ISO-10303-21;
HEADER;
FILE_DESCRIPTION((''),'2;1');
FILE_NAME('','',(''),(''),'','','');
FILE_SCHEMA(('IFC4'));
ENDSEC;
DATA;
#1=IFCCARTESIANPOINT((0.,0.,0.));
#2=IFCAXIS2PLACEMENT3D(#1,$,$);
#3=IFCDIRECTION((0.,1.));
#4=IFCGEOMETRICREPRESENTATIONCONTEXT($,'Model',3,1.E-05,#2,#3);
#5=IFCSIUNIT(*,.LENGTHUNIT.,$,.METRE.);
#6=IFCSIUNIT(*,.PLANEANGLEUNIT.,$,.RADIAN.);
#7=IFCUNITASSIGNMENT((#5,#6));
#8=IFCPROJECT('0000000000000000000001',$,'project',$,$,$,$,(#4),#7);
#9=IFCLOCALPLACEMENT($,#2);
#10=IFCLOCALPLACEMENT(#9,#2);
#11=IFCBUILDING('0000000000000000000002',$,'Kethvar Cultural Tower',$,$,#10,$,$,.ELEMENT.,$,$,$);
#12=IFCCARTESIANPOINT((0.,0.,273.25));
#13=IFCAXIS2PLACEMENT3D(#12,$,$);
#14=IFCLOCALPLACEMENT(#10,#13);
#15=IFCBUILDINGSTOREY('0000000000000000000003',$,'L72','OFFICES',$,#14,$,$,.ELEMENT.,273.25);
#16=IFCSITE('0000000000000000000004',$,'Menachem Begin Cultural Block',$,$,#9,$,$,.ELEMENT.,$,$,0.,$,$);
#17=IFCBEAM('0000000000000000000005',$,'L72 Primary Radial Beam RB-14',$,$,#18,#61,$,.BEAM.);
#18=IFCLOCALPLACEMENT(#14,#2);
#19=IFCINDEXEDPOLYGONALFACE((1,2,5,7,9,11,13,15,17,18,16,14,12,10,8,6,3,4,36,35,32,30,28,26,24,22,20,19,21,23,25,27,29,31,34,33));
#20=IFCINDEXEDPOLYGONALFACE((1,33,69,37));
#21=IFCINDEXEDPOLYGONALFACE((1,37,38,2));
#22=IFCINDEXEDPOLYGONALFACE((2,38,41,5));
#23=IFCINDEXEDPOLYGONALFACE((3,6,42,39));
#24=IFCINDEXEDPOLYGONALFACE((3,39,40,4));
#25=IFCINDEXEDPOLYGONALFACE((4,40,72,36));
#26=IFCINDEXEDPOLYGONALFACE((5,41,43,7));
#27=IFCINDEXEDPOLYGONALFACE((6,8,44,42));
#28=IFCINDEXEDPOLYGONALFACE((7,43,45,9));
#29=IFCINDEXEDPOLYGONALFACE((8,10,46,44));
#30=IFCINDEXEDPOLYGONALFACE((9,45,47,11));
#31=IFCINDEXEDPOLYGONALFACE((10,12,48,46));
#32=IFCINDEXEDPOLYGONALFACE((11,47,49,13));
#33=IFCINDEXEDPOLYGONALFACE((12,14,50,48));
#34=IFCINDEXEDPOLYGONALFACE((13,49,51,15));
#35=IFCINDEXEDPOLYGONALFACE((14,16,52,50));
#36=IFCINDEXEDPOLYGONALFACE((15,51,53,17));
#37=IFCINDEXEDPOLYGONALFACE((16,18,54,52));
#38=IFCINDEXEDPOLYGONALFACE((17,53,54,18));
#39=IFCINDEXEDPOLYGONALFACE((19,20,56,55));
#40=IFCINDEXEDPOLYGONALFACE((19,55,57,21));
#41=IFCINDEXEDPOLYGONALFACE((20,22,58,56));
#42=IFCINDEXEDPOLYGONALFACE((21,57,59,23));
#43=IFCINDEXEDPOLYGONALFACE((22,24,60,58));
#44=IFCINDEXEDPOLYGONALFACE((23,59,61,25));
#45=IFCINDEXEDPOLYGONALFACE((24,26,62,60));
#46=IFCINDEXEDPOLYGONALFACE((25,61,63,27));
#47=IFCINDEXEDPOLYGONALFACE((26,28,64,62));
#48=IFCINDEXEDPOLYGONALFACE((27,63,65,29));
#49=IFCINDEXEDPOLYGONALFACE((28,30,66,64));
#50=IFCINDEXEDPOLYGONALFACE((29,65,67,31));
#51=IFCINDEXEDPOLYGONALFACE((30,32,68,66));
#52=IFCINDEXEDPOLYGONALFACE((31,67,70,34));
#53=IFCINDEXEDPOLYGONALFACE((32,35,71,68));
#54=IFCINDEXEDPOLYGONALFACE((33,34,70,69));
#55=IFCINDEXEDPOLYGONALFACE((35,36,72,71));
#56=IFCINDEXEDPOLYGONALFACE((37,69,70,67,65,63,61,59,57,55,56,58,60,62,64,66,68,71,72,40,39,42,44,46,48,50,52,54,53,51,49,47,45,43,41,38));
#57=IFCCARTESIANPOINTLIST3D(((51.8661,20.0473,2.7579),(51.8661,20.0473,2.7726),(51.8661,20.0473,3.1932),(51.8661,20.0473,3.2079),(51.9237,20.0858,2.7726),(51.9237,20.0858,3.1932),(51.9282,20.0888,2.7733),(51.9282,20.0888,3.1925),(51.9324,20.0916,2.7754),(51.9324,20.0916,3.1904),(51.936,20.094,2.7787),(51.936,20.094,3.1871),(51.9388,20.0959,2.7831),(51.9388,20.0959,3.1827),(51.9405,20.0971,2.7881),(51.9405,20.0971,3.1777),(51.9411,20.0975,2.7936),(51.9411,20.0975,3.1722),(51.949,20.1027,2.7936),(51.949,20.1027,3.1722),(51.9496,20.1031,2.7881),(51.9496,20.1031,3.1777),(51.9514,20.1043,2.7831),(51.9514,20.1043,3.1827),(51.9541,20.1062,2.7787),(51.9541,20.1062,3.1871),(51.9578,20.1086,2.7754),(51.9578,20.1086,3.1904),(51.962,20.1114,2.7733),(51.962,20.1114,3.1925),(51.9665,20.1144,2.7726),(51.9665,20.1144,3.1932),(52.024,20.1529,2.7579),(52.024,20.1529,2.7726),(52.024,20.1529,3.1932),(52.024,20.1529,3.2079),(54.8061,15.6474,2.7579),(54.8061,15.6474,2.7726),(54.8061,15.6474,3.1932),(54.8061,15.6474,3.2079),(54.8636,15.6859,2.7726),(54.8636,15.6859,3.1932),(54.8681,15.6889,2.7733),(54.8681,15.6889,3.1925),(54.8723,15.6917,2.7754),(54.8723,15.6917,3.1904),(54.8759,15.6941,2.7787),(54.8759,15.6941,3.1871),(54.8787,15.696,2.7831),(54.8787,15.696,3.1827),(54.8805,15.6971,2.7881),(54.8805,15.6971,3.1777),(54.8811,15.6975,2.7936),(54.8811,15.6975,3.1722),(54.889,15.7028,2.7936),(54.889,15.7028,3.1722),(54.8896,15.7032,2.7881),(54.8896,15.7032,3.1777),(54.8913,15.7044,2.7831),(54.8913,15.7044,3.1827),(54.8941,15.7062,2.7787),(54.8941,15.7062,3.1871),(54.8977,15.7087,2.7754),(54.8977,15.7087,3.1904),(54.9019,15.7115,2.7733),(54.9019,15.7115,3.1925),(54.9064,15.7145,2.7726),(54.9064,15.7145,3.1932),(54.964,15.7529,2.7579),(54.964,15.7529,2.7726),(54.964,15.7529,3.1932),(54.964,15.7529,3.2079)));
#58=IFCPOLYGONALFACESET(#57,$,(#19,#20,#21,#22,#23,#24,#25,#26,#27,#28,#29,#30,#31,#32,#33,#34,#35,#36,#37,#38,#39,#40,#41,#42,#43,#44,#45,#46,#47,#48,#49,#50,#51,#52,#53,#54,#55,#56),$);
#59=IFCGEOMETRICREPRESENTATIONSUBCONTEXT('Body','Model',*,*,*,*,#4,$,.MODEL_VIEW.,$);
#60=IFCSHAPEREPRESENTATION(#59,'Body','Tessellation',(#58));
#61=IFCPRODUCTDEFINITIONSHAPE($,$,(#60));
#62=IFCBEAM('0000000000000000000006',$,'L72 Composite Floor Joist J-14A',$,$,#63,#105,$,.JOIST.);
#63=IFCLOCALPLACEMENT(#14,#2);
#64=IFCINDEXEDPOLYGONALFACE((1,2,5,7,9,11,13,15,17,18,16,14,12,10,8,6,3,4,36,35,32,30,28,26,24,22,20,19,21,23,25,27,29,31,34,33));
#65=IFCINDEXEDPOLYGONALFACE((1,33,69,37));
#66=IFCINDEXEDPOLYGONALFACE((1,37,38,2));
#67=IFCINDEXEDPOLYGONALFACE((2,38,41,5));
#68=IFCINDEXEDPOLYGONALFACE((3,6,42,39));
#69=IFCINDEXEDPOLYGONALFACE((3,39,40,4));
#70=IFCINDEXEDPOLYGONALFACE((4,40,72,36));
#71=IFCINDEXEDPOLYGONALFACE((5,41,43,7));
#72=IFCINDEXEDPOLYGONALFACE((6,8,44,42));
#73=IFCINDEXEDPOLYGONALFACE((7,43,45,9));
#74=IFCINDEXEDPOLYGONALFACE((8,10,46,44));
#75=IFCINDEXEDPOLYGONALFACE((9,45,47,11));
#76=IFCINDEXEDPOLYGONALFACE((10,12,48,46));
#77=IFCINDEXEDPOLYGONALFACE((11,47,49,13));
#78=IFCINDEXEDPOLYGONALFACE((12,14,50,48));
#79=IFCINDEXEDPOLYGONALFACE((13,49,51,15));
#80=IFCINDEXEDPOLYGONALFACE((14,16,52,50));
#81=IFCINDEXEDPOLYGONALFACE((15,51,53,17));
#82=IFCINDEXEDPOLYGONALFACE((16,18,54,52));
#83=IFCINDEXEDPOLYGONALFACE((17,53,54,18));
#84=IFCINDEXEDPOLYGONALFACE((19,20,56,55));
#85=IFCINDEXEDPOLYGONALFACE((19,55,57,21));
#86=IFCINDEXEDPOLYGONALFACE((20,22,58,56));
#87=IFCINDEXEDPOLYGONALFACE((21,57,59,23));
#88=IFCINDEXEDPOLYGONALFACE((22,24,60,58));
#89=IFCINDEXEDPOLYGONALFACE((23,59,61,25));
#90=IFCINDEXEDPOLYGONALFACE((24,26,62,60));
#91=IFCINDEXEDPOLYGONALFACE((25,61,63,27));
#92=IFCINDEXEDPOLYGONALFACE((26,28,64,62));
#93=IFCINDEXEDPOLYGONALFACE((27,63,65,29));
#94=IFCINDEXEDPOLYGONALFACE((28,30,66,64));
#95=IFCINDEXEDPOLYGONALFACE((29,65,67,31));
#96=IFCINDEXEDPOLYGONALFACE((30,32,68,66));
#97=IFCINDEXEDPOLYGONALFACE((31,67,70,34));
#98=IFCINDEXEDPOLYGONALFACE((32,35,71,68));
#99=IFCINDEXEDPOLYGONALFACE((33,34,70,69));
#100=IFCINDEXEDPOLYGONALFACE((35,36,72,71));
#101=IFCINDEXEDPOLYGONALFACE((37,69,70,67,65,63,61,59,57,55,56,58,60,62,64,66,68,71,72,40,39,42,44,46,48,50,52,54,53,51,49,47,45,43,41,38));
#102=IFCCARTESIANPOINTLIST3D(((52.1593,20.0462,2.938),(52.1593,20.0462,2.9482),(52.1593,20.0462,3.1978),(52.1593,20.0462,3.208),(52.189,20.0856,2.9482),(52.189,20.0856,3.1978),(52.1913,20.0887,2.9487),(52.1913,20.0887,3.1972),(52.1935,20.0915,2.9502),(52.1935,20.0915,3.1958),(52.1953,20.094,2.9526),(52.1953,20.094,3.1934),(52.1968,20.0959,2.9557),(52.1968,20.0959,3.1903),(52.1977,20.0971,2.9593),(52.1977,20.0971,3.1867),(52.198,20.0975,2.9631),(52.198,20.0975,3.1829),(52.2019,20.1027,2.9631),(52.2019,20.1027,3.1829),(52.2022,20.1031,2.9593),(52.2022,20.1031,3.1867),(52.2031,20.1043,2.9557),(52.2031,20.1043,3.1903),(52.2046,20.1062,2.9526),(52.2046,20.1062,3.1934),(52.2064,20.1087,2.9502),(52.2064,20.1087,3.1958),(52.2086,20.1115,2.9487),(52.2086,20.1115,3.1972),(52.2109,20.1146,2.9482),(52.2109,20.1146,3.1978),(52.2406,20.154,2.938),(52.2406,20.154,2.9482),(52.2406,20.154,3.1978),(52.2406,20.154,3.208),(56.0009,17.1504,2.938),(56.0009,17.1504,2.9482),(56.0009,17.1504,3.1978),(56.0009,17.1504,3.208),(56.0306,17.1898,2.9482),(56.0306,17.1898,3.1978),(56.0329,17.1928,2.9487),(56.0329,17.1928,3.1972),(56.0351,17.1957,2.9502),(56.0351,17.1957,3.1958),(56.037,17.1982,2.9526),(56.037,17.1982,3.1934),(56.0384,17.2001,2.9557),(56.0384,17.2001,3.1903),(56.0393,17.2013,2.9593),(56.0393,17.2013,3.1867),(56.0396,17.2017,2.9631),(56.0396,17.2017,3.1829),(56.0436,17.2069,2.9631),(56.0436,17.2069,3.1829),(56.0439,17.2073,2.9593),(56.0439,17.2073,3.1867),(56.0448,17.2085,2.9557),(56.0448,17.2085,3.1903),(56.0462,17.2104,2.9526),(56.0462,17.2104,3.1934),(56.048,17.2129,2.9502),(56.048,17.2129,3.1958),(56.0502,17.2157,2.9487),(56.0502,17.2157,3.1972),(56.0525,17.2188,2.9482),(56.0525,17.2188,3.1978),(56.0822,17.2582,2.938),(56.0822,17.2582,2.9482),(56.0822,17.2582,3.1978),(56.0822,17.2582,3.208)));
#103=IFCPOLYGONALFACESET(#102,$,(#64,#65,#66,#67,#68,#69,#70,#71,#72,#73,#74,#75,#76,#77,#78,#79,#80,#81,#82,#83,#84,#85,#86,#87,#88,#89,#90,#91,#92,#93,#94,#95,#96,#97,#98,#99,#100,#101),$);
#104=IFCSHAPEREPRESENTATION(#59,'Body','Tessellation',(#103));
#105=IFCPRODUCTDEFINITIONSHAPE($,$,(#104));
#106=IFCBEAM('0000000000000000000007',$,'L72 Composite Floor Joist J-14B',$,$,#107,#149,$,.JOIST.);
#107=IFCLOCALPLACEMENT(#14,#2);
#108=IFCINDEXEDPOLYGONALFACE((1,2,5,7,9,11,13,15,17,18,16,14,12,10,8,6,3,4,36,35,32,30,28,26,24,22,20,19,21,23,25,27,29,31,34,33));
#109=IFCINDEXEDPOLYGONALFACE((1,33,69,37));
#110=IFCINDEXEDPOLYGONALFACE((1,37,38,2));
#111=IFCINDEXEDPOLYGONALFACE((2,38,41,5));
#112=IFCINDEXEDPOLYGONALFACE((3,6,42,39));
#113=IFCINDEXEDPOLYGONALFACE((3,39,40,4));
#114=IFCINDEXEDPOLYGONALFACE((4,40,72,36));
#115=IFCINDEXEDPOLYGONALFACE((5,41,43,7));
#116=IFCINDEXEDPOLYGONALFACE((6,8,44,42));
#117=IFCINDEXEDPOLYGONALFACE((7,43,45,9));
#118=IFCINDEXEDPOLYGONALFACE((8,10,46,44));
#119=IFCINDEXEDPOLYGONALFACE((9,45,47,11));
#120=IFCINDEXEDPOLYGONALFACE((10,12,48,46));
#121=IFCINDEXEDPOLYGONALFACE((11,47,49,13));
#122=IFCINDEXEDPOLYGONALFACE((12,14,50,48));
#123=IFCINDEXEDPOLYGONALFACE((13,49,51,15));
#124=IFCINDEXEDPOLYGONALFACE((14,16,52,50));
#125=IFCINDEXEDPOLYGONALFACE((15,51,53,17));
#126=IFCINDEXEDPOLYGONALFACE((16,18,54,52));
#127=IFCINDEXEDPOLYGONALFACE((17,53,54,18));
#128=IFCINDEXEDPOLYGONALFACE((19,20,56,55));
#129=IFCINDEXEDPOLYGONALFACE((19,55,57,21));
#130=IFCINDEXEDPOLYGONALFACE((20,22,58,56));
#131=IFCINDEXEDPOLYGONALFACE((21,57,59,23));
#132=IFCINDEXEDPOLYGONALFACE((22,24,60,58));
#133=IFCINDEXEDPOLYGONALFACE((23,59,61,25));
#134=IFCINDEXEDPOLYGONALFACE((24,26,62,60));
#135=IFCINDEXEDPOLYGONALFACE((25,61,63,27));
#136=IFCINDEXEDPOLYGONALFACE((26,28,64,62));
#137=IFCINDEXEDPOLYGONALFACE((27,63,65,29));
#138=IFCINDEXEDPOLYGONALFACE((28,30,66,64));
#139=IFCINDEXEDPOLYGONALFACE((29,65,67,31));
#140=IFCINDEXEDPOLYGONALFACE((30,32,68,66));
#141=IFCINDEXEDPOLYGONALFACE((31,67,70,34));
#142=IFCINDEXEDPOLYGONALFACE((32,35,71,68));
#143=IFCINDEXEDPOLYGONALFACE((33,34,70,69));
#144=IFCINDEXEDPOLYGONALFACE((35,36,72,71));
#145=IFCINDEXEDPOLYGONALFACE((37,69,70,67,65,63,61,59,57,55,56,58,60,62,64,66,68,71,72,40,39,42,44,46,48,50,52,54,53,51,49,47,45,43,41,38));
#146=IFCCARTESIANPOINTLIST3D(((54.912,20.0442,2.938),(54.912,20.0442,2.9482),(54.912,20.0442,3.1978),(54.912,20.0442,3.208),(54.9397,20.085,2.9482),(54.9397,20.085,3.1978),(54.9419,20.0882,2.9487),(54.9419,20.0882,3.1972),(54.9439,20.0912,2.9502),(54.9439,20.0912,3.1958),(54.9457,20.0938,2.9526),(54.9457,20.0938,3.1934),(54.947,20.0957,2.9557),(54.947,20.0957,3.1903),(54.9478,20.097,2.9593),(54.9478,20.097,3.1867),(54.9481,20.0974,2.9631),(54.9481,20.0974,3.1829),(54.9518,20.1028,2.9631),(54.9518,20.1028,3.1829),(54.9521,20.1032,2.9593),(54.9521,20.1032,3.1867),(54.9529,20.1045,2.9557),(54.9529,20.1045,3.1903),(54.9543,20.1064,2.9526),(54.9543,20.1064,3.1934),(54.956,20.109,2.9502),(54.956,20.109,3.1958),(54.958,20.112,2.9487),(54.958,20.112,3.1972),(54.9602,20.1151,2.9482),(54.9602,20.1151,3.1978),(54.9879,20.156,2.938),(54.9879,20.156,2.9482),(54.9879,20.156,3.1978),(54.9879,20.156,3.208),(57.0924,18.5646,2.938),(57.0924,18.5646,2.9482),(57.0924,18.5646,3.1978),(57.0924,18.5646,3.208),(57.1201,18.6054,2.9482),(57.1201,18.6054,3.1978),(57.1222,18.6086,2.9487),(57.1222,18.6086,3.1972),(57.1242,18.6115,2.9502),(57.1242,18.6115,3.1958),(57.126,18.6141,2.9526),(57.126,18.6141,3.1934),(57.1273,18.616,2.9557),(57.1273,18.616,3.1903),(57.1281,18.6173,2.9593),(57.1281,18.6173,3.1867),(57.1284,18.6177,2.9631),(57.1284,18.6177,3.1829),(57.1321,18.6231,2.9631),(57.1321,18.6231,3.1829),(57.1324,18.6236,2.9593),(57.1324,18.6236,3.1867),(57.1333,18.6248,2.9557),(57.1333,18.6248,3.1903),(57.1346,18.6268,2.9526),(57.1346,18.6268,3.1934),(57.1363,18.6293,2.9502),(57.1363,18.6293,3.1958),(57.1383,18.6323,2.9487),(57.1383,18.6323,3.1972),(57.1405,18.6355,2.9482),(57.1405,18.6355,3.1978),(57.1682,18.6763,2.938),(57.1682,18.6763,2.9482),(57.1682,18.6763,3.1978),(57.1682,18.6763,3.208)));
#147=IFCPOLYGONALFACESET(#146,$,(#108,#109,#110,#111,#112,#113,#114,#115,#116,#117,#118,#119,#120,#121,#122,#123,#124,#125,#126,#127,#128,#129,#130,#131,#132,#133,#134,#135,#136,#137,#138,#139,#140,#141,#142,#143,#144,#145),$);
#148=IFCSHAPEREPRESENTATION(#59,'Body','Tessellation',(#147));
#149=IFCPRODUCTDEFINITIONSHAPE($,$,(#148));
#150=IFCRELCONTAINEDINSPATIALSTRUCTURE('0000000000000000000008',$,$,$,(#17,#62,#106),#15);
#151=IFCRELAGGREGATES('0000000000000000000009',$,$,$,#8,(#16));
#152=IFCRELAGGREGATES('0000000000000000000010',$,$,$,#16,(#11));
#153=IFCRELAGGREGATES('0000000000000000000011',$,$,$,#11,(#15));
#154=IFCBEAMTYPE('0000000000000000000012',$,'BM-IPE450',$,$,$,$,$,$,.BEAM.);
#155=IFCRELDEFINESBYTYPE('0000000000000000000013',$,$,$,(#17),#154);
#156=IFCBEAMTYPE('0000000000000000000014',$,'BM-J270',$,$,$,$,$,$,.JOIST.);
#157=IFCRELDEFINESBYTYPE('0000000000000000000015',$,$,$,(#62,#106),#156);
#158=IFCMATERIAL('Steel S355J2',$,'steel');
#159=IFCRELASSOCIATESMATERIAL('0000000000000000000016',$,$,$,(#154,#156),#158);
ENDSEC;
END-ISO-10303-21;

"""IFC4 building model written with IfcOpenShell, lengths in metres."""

from ifc_helpers import new_model, si_unit, direction, frame, origin, origin_2d, place, context, subcontext, project, spatial, i_section, extrude, source, transform, mapped, material, material_profile, profile_set, type_object, element, save


model = new_model("IFC4")

# Units and contexts
model_context = context("Model", 3, precision=1e-05, world=origin(), true_north=direction((0.0, 1.0)))
body_context = subcontext(model_context, "Body", "Model", "MODEL_VIEW")
ifc_project = project(units=[si_unit("LENGTHUNIT", "METRE"), si_unit("PLANEANGLEUNIT", "RADIAN")], contexts=[model_context])

# Site, building, storey
site_placement = place(None, origin())
site = spatial("IfcSite", under=ifc_project, at=site_placement, Name="Menachem Begin Cultural Block", CompositionType="ELEMENT", RefElevation=0.0)
building_placement = place(site_placement, origin())
building = spatial("IfcBuilding", under=site, at=building_placement, Name="Kethvar Cultural Tower", CompositionType="ELEMENT")
storey_placement = place(building_placement, frame((0.0, 0.0, 273.25)))
storey = spatial("IfcBuildingStorey", under=building, at=storey_placement, Name="L72", Description="OFFICES", CompositionType="ELEMENT", Elevation=273.25)

# Beams
ifc_material_1 = material(Name="Steel S355J2", Category="steel")
ifc_material_profile_1 = material_profile(ifc_material_1, i_section(OverallWidth=0.1899, OverallDepth=0.45, WebThickness=0.0095, FlangeThickness=0.0146, FilletRadius=0.021, at=origin_2d()), Name="Steel S355J2 — IPE450")
ifc_profile_set_1 = profile_set([ifc_material_profile_1], Name="Steel S355J2 — IPE450")
beam_type_1 = type_object("IfcBeamType", Name="BM-IPE450", PredefinedType="BEAM", material=ifc_profile_set_1)
shared_shape_1 = source(origin(), body_context, "Body", "SweptSolid", [
    extrude(i_section(OverallWidth=0.1899, OverallDepth=0.45, WebThickness=0.0095, FlangeThickness=0.0146, FilletRadius=0.021, at=origin_2d()), origin(), (0.0, 0.0, 1.0), 5.2917),
])
beam_1_placement = place(storey_placement, frame((51.9451, 20.1001, 2.9829), z_axis=(0.555573, -0.831468, 0.0), x_axis=(0.831468, 0.555573, 0.0)))
element("IfcBeam", 1, at=beam_1_placement, inside=storey, type_object=beam_type_1, Name="L72 Primary Radial Beam RB-14", PredefinedType="BEAM", context=body_context, shape_type="MappedRepresentation", body=[
    mapped(shared_shape_1, transform((0.0, 0.0, 0.0), scale=1.0)),
])
ifc_material_profile_2 = material_profile(ifc_material_1, i_section(OverallWidth=0.135, OverallDepth=0.27, WebThickness=0.0066, FlangeThickness=0.0103, FilletRadius=0.0149, at=origin_2d()), Name="Steel S355J2 — IPE270")
ifc_profile_set_2 = profile_set([ifc_material_profile_2], Name="Steel S355J2 — IPE270")
beam_type_2 = type_object("IfcBeamType", Name="BM-J270", PredefinedType="JOIST", material=ifc_profile_set_2)
shared_shape_2 = source(origin(), body_context, "Body", "SweptSolid", [
    extrude(i_section(OverallWidth=0.135, OverallDepth=0.27, WebThickness=0.0066, FlangeThickness=0.0103, FilletRadius=0.0149, at=origin_2d()), origin(), (0.0, 0.0, 1.0), 4.8108),
])
beam_2_placement = place(storey_placement, frame((52.2, 20.1001, 3.073), z_axis=(0.798542, -0.601939, 0.0), x_axis=(0.601939, 0.798542, 0.0)))
element("IfcBeam", 2, at=beam_2_placement, inside=storey, type_object=beam_type_2, Name="L72 Composite Floor Joist J-14A", PredefinedType="JOIST", context=body_context, shape_type="MappedRepresentation", body=[
    mapped(shared_shape_2, transform((0.0, 0.0, 0.0), scale=1.0)),
])
shared_shape_3 = source(origin(), body_context, "Body", "SweptSolid", [
    extrude(i_section(OverallWidth=0.135, OverallDepth=0.27, WebThickness=0.0066, FlangeThickness=0.0103, FilletRadius=0.0149, at=origin_2d()), origin(), (0.0, 0.0, 1.0), 2.635),
])
beam_3_placement = place(storey_placement, frame((54.95, 20.1001, 3.073), z_axis=(0.827447, -0.561544, 0.0), x_axis=(0.561544, 0.827447, 0.0)))
element("IfcBeam", 3, at=beam_3_placement, inside=storey, type_object=beam_type_2, Name="L72 Composite Floor Joist J-14B", PredefinedType="JOIST", context=body_context, shape_type="MappedRepresentation", body=[
    mapped(shared_shape_3, transform((0.0, 0.0, 0.0), scale=1.0)),
])

save(model, "model.ifc")
